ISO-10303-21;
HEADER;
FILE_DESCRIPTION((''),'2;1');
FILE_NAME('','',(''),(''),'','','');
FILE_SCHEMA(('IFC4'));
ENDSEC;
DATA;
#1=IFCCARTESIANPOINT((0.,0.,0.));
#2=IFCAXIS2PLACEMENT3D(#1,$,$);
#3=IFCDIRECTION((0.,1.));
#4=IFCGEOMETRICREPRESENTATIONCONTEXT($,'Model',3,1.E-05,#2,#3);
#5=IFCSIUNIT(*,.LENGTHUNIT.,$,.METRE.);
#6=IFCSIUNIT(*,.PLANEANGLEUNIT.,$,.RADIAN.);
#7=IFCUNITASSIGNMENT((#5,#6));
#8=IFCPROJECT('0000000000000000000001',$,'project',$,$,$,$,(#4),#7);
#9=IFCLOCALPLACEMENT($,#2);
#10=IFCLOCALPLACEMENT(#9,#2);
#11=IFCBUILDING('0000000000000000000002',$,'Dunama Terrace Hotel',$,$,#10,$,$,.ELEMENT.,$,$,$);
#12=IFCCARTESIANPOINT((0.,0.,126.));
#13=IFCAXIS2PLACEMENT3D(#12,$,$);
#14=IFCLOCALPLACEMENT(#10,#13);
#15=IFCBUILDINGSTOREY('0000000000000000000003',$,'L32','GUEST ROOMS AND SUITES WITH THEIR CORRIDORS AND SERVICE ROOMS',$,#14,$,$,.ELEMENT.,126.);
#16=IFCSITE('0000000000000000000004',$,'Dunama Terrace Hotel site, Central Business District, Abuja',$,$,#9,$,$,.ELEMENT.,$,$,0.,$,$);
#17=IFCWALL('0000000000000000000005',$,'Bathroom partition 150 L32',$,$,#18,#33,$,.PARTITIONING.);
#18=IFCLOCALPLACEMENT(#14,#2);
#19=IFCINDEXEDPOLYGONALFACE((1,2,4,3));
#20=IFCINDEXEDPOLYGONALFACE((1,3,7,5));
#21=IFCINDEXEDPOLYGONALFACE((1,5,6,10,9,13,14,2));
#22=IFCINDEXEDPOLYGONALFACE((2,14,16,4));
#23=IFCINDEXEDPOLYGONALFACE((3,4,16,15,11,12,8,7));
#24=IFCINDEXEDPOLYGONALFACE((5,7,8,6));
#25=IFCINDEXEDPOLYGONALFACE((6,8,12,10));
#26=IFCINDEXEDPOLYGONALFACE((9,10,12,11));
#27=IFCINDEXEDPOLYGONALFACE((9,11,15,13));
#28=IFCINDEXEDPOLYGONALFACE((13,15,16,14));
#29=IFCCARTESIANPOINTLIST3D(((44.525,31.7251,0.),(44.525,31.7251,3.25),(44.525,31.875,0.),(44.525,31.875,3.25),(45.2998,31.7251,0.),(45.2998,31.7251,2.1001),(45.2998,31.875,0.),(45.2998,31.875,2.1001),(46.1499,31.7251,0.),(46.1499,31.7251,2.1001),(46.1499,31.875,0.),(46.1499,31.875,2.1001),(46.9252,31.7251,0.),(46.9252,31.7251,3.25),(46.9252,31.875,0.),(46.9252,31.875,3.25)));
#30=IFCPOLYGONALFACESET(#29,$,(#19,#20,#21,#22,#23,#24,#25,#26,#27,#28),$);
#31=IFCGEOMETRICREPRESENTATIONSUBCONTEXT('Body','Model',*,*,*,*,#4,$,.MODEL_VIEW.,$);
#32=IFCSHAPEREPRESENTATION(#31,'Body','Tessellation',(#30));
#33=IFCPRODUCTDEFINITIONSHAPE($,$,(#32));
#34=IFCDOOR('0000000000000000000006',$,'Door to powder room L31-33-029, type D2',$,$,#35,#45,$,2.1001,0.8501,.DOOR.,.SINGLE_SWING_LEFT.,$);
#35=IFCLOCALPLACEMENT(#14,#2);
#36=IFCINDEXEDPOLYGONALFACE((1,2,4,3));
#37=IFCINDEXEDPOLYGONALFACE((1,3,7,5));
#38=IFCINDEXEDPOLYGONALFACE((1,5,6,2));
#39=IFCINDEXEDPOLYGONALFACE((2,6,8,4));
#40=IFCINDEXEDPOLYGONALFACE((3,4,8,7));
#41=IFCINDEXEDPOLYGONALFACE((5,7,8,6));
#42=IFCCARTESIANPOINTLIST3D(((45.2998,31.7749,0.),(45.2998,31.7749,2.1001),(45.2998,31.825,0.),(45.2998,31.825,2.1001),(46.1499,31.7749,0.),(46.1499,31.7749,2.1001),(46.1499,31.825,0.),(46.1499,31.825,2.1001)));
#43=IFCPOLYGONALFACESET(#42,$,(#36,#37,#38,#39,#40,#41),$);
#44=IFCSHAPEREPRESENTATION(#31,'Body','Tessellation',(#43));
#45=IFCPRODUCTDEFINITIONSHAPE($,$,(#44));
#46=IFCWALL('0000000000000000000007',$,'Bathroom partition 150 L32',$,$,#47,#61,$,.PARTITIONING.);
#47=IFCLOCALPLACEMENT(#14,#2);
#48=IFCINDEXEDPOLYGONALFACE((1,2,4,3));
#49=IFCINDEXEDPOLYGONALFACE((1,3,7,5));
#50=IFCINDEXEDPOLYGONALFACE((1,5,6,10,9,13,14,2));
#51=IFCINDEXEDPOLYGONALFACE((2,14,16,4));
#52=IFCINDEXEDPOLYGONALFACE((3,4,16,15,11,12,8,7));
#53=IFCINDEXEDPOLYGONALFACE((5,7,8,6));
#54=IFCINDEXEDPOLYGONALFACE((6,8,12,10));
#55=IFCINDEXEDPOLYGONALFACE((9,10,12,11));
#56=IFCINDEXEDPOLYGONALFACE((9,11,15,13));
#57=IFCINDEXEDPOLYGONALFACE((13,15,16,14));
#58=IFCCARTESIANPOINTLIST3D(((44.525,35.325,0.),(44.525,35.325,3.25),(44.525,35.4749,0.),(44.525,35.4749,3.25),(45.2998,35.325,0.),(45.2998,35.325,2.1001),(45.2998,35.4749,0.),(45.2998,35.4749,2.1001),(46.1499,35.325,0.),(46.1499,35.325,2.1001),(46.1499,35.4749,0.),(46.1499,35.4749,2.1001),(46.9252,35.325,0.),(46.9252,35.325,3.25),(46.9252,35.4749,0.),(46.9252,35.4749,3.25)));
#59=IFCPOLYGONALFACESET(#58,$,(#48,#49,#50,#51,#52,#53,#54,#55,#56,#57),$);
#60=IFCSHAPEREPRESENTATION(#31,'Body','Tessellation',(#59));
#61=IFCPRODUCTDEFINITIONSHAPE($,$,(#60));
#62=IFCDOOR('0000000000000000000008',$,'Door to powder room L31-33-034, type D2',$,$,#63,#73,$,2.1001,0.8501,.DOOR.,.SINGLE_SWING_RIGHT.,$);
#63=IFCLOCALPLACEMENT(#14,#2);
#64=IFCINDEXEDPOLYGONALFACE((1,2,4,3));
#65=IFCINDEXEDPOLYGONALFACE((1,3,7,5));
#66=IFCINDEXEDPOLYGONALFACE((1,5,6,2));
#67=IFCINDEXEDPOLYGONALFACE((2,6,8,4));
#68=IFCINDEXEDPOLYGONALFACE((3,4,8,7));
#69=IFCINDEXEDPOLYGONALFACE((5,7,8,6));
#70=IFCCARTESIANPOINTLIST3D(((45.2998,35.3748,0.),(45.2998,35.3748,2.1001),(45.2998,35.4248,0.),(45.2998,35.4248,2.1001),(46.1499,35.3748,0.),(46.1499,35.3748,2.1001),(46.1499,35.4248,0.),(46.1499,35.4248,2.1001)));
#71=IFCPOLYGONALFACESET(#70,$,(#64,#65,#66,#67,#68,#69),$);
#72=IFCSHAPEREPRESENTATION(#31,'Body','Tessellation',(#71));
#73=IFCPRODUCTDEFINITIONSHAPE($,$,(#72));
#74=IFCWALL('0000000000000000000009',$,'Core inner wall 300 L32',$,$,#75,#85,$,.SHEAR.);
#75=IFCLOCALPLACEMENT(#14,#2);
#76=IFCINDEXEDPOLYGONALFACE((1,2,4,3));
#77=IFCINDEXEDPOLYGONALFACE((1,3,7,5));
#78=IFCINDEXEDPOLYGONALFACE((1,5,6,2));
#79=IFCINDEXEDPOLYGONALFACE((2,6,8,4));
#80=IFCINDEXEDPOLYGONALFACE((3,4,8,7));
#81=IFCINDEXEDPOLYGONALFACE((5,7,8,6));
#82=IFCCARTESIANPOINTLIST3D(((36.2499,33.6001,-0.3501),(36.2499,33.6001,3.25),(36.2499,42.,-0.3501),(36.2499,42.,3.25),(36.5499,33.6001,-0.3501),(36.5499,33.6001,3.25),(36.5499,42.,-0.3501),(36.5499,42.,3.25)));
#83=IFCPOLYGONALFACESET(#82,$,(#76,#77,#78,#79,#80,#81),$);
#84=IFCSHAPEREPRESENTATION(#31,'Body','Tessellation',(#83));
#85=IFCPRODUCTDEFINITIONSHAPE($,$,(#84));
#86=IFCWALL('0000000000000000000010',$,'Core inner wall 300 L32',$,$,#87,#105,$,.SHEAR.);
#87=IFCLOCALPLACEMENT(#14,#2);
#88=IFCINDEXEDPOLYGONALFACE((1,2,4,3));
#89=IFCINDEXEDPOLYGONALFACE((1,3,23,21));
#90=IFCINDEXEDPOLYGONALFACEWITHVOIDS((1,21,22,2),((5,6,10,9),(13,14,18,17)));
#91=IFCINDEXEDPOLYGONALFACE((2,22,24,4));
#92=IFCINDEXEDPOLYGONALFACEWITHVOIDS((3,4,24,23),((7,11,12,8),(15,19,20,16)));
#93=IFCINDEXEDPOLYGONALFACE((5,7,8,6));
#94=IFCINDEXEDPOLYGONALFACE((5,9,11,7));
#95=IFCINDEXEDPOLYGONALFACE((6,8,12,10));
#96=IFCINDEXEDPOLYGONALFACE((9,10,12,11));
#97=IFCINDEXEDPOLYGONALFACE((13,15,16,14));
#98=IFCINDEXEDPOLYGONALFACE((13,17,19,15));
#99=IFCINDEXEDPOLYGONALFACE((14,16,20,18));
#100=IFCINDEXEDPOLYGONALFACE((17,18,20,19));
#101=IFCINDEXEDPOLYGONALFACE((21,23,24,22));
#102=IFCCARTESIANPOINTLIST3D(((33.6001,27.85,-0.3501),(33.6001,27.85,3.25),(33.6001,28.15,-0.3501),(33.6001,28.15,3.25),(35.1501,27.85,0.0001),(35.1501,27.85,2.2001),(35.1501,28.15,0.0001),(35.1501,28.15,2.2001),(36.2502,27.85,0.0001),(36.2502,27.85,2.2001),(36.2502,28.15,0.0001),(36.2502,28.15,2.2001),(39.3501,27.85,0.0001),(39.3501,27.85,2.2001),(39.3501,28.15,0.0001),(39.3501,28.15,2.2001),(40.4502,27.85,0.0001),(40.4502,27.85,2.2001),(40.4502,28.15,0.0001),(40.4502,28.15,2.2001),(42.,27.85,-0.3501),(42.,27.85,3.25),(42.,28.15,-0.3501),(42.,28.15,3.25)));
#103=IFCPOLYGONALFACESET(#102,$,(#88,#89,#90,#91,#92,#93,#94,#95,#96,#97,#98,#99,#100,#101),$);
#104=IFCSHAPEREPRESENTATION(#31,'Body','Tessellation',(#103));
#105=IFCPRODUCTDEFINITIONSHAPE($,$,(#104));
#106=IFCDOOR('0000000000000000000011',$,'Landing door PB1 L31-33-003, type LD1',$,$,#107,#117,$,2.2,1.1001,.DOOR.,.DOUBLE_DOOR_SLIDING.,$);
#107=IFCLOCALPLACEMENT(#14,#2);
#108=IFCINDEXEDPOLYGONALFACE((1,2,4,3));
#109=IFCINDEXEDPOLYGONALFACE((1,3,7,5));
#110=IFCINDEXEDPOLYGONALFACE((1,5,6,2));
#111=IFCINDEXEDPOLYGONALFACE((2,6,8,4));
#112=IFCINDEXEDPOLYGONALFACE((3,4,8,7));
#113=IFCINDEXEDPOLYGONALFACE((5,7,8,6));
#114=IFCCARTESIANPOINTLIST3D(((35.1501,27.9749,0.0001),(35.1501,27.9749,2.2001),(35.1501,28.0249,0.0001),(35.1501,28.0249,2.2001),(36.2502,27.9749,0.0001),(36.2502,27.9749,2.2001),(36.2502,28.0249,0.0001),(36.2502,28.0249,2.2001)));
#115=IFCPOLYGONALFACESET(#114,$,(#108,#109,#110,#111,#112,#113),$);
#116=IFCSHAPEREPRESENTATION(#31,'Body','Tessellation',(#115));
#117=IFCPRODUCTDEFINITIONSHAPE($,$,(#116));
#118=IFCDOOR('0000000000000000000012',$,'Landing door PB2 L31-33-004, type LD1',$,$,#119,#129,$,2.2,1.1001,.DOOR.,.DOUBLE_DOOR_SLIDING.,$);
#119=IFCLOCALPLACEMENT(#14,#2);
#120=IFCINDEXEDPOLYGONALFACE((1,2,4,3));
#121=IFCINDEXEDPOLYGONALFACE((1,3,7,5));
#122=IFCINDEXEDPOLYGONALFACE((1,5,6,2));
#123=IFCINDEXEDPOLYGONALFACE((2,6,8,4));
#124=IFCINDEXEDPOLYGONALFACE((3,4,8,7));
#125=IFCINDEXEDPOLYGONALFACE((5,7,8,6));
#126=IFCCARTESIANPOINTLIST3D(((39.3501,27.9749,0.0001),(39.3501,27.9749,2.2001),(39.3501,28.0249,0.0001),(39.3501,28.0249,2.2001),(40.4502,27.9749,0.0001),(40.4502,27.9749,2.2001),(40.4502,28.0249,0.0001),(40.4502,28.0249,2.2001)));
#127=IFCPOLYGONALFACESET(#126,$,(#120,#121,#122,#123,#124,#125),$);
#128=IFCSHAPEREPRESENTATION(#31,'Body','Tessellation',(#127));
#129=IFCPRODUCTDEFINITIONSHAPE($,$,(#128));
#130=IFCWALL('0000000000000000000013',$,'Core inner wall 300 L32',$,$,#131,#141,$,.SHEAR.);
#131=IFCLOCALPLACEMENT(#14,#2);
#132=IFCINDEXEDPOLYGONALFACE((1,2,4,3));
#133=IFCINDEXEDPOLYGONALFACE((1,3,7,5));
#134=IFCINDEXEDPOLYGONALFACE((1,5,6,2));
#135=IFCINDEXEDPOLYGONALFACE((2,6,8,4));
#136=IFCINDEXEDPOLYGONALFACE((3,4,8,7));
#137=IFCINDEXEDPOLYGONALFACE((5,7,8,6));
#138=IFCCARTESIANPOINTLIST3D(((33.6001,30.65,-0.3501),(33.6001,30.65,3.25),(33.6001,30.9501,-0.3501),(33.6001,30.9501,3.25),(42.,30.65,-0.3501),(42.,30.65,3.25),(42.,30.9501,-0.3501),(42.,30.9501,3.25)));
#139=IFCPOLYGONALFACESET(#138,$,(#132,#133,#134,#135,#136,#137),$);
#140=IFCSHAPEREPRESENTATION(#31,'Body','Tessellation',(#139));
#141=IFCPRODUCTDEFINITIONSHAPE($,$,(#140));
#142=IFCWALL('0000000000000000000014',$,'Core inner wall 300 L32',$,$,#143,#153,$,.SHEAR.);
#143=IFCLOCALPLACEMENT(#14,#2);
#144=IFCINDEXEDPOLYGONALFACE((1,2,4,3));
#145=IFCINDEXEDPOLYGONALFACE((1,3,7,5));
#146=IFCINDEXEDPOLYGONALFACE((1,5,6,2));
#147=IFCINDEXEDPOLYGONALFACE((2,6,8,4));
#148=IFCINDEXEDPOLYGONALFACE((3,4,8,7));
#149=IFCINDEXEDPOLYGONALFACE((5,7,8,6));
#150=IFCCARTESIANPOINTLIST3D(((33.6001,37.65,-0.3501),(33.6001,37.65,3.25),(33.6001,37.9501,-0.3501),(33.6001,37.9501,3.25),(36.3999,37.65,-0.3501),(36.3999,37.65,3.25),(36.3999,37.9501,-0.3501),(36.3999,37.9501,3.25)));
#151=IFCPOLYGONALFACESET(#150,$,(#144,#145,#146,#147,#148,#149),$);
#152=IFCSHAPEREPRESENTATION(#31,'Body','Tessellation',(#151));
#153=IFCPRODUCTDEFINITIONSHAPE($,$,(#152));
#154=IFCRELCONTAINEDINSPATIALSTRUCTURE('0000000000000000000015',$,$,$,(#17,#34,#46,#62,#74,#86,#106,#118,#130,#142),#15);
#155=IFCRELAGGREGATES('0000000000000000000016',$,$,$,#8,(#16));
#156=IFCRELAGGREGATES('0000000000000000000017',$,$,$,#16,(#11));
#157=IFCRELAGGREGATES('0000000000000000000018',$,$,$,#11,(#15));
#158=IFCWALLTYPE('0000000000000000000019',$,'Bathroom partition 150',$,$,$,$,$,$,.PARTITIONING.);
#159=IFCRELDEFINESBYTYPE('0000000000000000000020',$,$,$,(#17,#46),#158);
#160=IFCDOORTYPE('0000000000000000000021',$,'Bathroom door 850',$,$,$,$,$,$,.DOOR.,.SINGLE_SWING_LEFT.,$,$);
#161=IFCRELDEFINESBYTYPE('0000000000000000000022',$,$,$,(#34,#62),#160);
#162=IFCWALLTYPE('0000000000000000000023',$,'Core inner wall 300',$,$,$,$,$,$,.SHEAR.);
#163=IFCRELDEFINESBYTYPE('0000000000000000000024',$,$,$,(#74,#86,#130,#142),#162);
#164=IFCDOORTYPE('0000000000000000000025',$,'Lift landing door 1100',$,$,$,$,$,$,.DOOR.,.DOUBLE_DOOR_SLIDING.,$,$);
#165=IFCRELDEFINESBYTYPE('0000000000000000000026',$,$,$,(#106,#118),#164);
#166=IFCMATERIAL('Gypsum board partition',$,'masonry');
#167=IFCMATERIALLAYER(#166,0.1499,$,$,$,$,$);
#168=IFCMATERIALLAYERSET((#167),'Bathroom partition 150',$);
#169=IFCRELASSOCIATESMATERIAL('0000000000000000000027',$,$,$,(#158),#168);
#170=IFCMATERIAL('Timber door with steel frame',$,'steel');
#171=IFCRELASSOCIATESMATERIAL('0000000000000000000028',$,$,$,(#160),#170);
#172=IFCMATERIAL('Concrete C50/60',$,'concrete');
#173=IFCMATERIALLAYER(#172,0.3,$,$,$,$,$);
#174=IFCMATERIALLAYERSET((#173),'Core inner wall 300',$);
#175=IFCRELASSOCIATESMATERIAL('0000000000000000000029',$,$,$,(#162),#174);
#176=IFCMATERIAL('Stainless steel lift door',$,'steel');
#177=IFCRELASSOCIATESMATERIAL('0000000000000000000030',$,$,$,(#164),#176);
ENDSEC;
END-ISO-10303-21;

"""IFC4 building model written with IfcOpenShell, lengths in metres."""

from ifc_helpers import new_model, si_unit, direction, frame, frame_2d, origin, place, context, subcontext, project, spatial, rectangle, extrude, material, layer, layer_set, type_object, element, fill, save


model = new_model("IFC4")

# Units and contexts
model_context = context("Model", 3, precision=1e-05, world=origin(), true_north=direction((0.0, 1.0)))
body_context = subcontext(model_context, "Body", "Model", "MODEL_VIEW")
ifc_project = project(units=[si_unit("LENGTHUNIT", "METRE"), si_unit("PLANEANGLEUNIT", "RADIAN")], contexts=[model_context])

# Site, building, storey
site_placement = place(None, origin())
site = spatial("IfcSite", under=ifc_project, at=site_placement, Name="Dunama Terrace Hotel site, Central Business District, Abuja", CompositionType="ELEMENT", RefElevation=0.0)
building_placement = place(site_placement, origin())
building = spatial("IfcBuilding", under=site, at=building_placement, Name="Dunama Terrace Hotel", CompositionType="ELEMENT")
storey_placement = place(building_placement, frame((0.0, 0.0, 126.0)))
storey = spatial("IfcBuildingStorey", under=building, at=storey_placement, Name="L32", Description="GUEST ROOMS AND SUITES WITH THEIR CORRIDORS AND SERVICE ROOMS", CompositionType="ELEMENT", Elevation=126.0)

# Walls, openings, doors
ifc_material_1 = material(Name="Gypsum board partition", Category="masonry")
ifc_layer_1 = layer(ifc_material_1, 0.1499)
ifc_layer_set_1 = layer_set([ifc_layer_1], Name="Bathroom partition 150")
wall_type_1 = type_object("IfcWallType", Name="Bathroom partition 150", PredefinedType="PARTITIONING", material=ifc_layer_set_1)
wall_1_placement = place(storey_placement, frame((44.5249, 31.8, 0.0), z_axis=(0.0, 0.0, 1.0), x_axis=(1.0, 0.0, 0.0)))
wall_1 = element("IfcWall", 1, at=wall_1_placement, inside=storey, type_object=wall_type_1, Name="Bathroom partition 150 L32", PredefinedType="PARTITIONING", context=body_context, shape_type="SweptSolid", body=[
    extrude(rectangle(XDim=2.4001, YDim=0.1499, at=frame_2d((1.2002, 0.0))), origin(), (0.0, 0.0, 1.0), 3.25),
])
opening_1_placement = place(wall_1_placement, frame((0.7749, 0.0, 0.0)))
opening_1 = element("IfcOpeningElement", 2, at=opening_1_placement, cuts=wall_1, PredefinedType="OPENING", context=body_context, shape_type="SweptSolid", body=[
    extrude(rectangle(XDim=0.8501, YDim=2.1001, at=frame_2d((0.425, 1.05))), frame((0.0, 0.085, 0.0), z_axis=(0.0, -1.0, 0.0), x_axis=(1.0, 0.0, 0.0)), (0.0, 0.0, 1.0), 0.1699),
])
ifc_material_2 = material(Name="Timber door with steel frame", Category="steel")
door_type_1 = type_object("IfcDoorType", Name="Bathroom door 850", OperationType="SINGLE_SWING_LEFT", PredefinedType="DOOR", material=ifc_material_2)
door_1_placement = place(opening_1_placement, origin())
door_1 = element("IfcDoor", 3, at=door_1_placement, inside=storey, type_object=door_type_1, Name="Door to powder room L31-33-029, type D2", OperationType="SINGLE_SWING_LEFT", OverallHeight=2.1001, OverallWidth=0.8501, PredefinedType="DOOR", context=body_context, shape_type="SweptSolid", body=[
    extrude(rectangle(XDim=0.8501, YDim=2.1001, at=frame_2d((0.425, 1.05))), frame((0.0, 0.0249, 0.0), z_axis=(0.0, -1.0, 0.0), x_axis=(1.0, 0.0, 0.0)), (0.0, 0.0, 1.0), 0.05),
])
fill(opening_1, door_1)
wall_2_placement = place(storey_placement, frame((44.5249, 35.3999, 0.0), z_axis=(0.0, 0.0, 1.0), x_axis=(1.0, 0.0, 0.0)))
wall_2 = element("IfcWall", 4, at=wall_2_placement, inside=storey, type_object=wall_type_1, Name="Bathroom partition 150 L32", PredefinedType="PARTITIONING", context=body_context, shape_type="SweptSolid", body=[
    extrude(rectangle(XDim=2.4001, YDim=0.1499, at=frame_2d((1.2002, 0.0))), origin(), (0.0, 0.0, 1.0), 3.25),
])
opening_2_placement = place(wall_2_placement, frame((0.7749, 0.0, 0.0)))
opening_2 = element("IfcOpeningElement", 5, at=opening_2_placement, cuts=wall_2, PredefinedType="OPENING", context=body_context, shape_type="SweptSolid", body=[
    extrude(rectangle(XDim=0.8501, YDim=2.1001, at=frame_2d((0.425, 1.05))), frame((0.0, 0.085, 0.0), z_axis=(0.0, -1.0, 0.0), x_axis=(1.0, 0.0, 0.0)), (0.0, 0.0, 1.0), 0.1699),
])
door_2_placement = place(opening_2_placement, frame((0.8501, 0.0, 0.0), z_axis=(0.0, 0.0, 1.0), x_axis=(-1.0, 0.0, 0.0)))
door_2 = element("IfcDoor", 6, at=door_2_placement, inside=storey, type_object=door_type_1, Name="Door to powder room L31-33-034, type D2", OperationType="SINGLE_SWING_RIGHT", OverallHeight=2.1001, OverallWidth=0.8501, PredefinedType="DOOR", context=body_context, shape_type="SweptSolid", body=[
    extrude(rectangle(XDim=0.8501, YDim=2.1001, at=frame_2d((0.425, 1.05))), frame((0.0, 0.0251, 0.0), z_axis=(0.0, -1.0, 0.0), x_axis=(1.0, 0.0, 0.0)), (0.0, 0.0, 1.0), 0.05),
])
fill(opening_2, door_2)

# Wall
ifc_material_3 = material(Name="Concrete C50/60", Category="concrete")
ifc_layer_2 = layer(ifc_material_3, 0.3)
ifc_layer_set_2 = layer_set([ifc_layer_2], Name="Core inner wall 300")
wall_type_2 = type_object("IfcWallType", Name="Core inner wall 300", PredefinedType="SHEAR", material=ifc_layer_set_2)
wall_3_placement = place(storey_placement, frame((36.3999, 33.6001, -0.3501), z_axis=(0.0, 0.0, 1.0), x_axis=(0.0, 1.0, 0.0)))
element("IfcWall", 7, at=wall_3_placement, inside=storey, type_object=wall_type_2, Name="Core inner wall 300 L32", PredefinedType="SHEAR", context=body_context, shape_type="SweptSolid", body=[
    extrude(rectangle(XDim=8.3999, YDim=0.3, at=frame_2d((4.2, 0.0))), origin(), (0.0, 0.0, 1.0), 3.6001),
])

# Wall, openings, doors
wall_4_placement = place(storey_placement, frame((33.6001, 28.0, -0.3501), z_axis=(0.0, 0.0, 1.0), x_axis=(1.0, 0.0, 0.0)))
wall_4 = element("IfcWall", 8, at=wall_4_placement, inside=storey, type_object=wall_type_2, Name="Core inner wall 300 L32", PredefinedType="SHEAR", context=body_context, shape_type="SweptSolid", body=[
    extrude(rectangle(XDim=8.3999, YDim=0.3, at=frame_2d((4.2, 0.0))), origin(), (0.0, 0.0, 1.0), 3.6001),
])
opening_3_placement = place(wall_4_placement, frame((1.55, 0.0, 0.3501)))
opening_3 = element("IfcOpeningElement", 9, at=opening_3_placement, cuts=wall_4, PredefinedType="OPENING", context=body_context, shape_type="SweptSolid", body=[
    extrude(rectangle(XDim=1.1001, YDim=2.2, at=frame_2d((0.55, 1.1001))), frame((0.0, 0.1599, 0.0), z_axis=(0.0, -1.0, 0.0), x_axis=(1.0, 0.0, 0.0)), (0.0, 0.0, 1.0), 0.3201),
])
opening_4_placement = place(wall_4_placement, frame((5.75, 0.0, 0.3501)))
opening_4 = element("IfcOpeningElement", 10, at=opening_4_placement, cuts=wall_4, PredefinedType="OPENING", context=body_context, shape_type="SweptSolid", body=[
    extrude(rectangle(XDim=1.1001, YDim=2.2, at=frame_2d((0.55, 1.1001))), frame((0.0, 0.1599, 0.0), z_axis=(0.0, -1.0, 0.0), x_axis=(1.0, 0.0, 0.0)), (0.0, 0.0, 1.0), 0.3201),
])
ifc_material_4 = material(Name="Stainless steel lift door", Category="steel")
door_type_2 = type_object("IfcDoorType", Name="Lift landing door 1100", OperationType="DOUBLE_DOOR_SLIDING", PredefinedType="DOOR", material=ifc_material_4)
door_3_placement = place(opening_3_placement, origin())
door_3 = element("IfcDoor", 11, at=door_3_placement, inside=storey, type_object=door_type_2, Name="Landing door PB1 L31-33-003, type LD1", OperationType="DOUBLE_DOOR_SLIDING", OverallHeight=2.2, OverallWidth=1.1001, PredefinedType="DOOR", context=body_context, shape_type="SweptSolid", body=[
    extrude(rectangle(XDim=1.1001, YDim=2.2, at=frame_2d((0.55, 1.1001))), frame((0.0, 0.0249, 0.0), z_axis=(0.0, -1.0, 0.0), x_axis=(1.0, 0.0, 0.0)), (0.0, 0.0, 1.0), 0.05),
])
fill(opening_3, door_3)
door_4_placement = place(opening_4_placement, origin())
door_4 = element("IfcDoor", 12, at=door_4_placement, inside=storey, type_object=door_type_2, Name="Landing door PB2 L31-33-004, type LD1", OperationType="DOUBLE_DOOR_SLIDING", OverallHeight=2.2, OverallWidth=1.1001, PredefinedType="DOOR", context=body_context, shape_type="SweptSolid", body=[
    extrude(rectangle(XDim=1.1001, YDim=2.2, at=frame_2d((0.55, 1.1001))), frame((0.0, 0.0249, 0.0), z_axis=(0.0, -1.0, 0.0), x_axis=(1.0, 0.0, 0.0)), (0.0, 0.0, 1.0), 0.05),
])
fill(opening_4, door_4)

# Walls
wall_5_placement = place(storey_placement, frame((33.6001, 30.8, -0.3501), z_axis=(0.0, 0.0, 1.0), x_axis=(1.0, 0.0, 0.0)))
element("IfcWall", 13, at=wall_5_placement, inside=storey, type_object=wall_type_2, Name="Core inner wall 300 L32", PredefinedType="SHEAR", context=body_context, shape_type="SweptSolid", body=[
    extrude(rectangle(XDim=8.3999, YDim=0.3, at=frame_2d((4.2, 0.0))), origin(), (0.0, 0.0, 1.0), 3.6001),
])
wall_6_placement = place(storey_placement, frame((33.6001, 37.8, -0.3501), z_axis=(0.0, 0.0, 1.0), x_axis=(1.0, 0.0, 0.0)))
element("IfcWall", 14, at=wall_6_placement, inside=storey, type_object=wall_type_2, Name="Core inner wall 300 L32", PredefinedType="SHEAR", context=body_context, shape_type="SweptSolid", body=[
    extrude(rectangle(XDim=2.7998, YDim=0.3, at=frame_2d((1.3999, 0.0))), origin(), (0.0, 0.0, 1.0), 3.6001),
])

save(model, "model.ifc")
